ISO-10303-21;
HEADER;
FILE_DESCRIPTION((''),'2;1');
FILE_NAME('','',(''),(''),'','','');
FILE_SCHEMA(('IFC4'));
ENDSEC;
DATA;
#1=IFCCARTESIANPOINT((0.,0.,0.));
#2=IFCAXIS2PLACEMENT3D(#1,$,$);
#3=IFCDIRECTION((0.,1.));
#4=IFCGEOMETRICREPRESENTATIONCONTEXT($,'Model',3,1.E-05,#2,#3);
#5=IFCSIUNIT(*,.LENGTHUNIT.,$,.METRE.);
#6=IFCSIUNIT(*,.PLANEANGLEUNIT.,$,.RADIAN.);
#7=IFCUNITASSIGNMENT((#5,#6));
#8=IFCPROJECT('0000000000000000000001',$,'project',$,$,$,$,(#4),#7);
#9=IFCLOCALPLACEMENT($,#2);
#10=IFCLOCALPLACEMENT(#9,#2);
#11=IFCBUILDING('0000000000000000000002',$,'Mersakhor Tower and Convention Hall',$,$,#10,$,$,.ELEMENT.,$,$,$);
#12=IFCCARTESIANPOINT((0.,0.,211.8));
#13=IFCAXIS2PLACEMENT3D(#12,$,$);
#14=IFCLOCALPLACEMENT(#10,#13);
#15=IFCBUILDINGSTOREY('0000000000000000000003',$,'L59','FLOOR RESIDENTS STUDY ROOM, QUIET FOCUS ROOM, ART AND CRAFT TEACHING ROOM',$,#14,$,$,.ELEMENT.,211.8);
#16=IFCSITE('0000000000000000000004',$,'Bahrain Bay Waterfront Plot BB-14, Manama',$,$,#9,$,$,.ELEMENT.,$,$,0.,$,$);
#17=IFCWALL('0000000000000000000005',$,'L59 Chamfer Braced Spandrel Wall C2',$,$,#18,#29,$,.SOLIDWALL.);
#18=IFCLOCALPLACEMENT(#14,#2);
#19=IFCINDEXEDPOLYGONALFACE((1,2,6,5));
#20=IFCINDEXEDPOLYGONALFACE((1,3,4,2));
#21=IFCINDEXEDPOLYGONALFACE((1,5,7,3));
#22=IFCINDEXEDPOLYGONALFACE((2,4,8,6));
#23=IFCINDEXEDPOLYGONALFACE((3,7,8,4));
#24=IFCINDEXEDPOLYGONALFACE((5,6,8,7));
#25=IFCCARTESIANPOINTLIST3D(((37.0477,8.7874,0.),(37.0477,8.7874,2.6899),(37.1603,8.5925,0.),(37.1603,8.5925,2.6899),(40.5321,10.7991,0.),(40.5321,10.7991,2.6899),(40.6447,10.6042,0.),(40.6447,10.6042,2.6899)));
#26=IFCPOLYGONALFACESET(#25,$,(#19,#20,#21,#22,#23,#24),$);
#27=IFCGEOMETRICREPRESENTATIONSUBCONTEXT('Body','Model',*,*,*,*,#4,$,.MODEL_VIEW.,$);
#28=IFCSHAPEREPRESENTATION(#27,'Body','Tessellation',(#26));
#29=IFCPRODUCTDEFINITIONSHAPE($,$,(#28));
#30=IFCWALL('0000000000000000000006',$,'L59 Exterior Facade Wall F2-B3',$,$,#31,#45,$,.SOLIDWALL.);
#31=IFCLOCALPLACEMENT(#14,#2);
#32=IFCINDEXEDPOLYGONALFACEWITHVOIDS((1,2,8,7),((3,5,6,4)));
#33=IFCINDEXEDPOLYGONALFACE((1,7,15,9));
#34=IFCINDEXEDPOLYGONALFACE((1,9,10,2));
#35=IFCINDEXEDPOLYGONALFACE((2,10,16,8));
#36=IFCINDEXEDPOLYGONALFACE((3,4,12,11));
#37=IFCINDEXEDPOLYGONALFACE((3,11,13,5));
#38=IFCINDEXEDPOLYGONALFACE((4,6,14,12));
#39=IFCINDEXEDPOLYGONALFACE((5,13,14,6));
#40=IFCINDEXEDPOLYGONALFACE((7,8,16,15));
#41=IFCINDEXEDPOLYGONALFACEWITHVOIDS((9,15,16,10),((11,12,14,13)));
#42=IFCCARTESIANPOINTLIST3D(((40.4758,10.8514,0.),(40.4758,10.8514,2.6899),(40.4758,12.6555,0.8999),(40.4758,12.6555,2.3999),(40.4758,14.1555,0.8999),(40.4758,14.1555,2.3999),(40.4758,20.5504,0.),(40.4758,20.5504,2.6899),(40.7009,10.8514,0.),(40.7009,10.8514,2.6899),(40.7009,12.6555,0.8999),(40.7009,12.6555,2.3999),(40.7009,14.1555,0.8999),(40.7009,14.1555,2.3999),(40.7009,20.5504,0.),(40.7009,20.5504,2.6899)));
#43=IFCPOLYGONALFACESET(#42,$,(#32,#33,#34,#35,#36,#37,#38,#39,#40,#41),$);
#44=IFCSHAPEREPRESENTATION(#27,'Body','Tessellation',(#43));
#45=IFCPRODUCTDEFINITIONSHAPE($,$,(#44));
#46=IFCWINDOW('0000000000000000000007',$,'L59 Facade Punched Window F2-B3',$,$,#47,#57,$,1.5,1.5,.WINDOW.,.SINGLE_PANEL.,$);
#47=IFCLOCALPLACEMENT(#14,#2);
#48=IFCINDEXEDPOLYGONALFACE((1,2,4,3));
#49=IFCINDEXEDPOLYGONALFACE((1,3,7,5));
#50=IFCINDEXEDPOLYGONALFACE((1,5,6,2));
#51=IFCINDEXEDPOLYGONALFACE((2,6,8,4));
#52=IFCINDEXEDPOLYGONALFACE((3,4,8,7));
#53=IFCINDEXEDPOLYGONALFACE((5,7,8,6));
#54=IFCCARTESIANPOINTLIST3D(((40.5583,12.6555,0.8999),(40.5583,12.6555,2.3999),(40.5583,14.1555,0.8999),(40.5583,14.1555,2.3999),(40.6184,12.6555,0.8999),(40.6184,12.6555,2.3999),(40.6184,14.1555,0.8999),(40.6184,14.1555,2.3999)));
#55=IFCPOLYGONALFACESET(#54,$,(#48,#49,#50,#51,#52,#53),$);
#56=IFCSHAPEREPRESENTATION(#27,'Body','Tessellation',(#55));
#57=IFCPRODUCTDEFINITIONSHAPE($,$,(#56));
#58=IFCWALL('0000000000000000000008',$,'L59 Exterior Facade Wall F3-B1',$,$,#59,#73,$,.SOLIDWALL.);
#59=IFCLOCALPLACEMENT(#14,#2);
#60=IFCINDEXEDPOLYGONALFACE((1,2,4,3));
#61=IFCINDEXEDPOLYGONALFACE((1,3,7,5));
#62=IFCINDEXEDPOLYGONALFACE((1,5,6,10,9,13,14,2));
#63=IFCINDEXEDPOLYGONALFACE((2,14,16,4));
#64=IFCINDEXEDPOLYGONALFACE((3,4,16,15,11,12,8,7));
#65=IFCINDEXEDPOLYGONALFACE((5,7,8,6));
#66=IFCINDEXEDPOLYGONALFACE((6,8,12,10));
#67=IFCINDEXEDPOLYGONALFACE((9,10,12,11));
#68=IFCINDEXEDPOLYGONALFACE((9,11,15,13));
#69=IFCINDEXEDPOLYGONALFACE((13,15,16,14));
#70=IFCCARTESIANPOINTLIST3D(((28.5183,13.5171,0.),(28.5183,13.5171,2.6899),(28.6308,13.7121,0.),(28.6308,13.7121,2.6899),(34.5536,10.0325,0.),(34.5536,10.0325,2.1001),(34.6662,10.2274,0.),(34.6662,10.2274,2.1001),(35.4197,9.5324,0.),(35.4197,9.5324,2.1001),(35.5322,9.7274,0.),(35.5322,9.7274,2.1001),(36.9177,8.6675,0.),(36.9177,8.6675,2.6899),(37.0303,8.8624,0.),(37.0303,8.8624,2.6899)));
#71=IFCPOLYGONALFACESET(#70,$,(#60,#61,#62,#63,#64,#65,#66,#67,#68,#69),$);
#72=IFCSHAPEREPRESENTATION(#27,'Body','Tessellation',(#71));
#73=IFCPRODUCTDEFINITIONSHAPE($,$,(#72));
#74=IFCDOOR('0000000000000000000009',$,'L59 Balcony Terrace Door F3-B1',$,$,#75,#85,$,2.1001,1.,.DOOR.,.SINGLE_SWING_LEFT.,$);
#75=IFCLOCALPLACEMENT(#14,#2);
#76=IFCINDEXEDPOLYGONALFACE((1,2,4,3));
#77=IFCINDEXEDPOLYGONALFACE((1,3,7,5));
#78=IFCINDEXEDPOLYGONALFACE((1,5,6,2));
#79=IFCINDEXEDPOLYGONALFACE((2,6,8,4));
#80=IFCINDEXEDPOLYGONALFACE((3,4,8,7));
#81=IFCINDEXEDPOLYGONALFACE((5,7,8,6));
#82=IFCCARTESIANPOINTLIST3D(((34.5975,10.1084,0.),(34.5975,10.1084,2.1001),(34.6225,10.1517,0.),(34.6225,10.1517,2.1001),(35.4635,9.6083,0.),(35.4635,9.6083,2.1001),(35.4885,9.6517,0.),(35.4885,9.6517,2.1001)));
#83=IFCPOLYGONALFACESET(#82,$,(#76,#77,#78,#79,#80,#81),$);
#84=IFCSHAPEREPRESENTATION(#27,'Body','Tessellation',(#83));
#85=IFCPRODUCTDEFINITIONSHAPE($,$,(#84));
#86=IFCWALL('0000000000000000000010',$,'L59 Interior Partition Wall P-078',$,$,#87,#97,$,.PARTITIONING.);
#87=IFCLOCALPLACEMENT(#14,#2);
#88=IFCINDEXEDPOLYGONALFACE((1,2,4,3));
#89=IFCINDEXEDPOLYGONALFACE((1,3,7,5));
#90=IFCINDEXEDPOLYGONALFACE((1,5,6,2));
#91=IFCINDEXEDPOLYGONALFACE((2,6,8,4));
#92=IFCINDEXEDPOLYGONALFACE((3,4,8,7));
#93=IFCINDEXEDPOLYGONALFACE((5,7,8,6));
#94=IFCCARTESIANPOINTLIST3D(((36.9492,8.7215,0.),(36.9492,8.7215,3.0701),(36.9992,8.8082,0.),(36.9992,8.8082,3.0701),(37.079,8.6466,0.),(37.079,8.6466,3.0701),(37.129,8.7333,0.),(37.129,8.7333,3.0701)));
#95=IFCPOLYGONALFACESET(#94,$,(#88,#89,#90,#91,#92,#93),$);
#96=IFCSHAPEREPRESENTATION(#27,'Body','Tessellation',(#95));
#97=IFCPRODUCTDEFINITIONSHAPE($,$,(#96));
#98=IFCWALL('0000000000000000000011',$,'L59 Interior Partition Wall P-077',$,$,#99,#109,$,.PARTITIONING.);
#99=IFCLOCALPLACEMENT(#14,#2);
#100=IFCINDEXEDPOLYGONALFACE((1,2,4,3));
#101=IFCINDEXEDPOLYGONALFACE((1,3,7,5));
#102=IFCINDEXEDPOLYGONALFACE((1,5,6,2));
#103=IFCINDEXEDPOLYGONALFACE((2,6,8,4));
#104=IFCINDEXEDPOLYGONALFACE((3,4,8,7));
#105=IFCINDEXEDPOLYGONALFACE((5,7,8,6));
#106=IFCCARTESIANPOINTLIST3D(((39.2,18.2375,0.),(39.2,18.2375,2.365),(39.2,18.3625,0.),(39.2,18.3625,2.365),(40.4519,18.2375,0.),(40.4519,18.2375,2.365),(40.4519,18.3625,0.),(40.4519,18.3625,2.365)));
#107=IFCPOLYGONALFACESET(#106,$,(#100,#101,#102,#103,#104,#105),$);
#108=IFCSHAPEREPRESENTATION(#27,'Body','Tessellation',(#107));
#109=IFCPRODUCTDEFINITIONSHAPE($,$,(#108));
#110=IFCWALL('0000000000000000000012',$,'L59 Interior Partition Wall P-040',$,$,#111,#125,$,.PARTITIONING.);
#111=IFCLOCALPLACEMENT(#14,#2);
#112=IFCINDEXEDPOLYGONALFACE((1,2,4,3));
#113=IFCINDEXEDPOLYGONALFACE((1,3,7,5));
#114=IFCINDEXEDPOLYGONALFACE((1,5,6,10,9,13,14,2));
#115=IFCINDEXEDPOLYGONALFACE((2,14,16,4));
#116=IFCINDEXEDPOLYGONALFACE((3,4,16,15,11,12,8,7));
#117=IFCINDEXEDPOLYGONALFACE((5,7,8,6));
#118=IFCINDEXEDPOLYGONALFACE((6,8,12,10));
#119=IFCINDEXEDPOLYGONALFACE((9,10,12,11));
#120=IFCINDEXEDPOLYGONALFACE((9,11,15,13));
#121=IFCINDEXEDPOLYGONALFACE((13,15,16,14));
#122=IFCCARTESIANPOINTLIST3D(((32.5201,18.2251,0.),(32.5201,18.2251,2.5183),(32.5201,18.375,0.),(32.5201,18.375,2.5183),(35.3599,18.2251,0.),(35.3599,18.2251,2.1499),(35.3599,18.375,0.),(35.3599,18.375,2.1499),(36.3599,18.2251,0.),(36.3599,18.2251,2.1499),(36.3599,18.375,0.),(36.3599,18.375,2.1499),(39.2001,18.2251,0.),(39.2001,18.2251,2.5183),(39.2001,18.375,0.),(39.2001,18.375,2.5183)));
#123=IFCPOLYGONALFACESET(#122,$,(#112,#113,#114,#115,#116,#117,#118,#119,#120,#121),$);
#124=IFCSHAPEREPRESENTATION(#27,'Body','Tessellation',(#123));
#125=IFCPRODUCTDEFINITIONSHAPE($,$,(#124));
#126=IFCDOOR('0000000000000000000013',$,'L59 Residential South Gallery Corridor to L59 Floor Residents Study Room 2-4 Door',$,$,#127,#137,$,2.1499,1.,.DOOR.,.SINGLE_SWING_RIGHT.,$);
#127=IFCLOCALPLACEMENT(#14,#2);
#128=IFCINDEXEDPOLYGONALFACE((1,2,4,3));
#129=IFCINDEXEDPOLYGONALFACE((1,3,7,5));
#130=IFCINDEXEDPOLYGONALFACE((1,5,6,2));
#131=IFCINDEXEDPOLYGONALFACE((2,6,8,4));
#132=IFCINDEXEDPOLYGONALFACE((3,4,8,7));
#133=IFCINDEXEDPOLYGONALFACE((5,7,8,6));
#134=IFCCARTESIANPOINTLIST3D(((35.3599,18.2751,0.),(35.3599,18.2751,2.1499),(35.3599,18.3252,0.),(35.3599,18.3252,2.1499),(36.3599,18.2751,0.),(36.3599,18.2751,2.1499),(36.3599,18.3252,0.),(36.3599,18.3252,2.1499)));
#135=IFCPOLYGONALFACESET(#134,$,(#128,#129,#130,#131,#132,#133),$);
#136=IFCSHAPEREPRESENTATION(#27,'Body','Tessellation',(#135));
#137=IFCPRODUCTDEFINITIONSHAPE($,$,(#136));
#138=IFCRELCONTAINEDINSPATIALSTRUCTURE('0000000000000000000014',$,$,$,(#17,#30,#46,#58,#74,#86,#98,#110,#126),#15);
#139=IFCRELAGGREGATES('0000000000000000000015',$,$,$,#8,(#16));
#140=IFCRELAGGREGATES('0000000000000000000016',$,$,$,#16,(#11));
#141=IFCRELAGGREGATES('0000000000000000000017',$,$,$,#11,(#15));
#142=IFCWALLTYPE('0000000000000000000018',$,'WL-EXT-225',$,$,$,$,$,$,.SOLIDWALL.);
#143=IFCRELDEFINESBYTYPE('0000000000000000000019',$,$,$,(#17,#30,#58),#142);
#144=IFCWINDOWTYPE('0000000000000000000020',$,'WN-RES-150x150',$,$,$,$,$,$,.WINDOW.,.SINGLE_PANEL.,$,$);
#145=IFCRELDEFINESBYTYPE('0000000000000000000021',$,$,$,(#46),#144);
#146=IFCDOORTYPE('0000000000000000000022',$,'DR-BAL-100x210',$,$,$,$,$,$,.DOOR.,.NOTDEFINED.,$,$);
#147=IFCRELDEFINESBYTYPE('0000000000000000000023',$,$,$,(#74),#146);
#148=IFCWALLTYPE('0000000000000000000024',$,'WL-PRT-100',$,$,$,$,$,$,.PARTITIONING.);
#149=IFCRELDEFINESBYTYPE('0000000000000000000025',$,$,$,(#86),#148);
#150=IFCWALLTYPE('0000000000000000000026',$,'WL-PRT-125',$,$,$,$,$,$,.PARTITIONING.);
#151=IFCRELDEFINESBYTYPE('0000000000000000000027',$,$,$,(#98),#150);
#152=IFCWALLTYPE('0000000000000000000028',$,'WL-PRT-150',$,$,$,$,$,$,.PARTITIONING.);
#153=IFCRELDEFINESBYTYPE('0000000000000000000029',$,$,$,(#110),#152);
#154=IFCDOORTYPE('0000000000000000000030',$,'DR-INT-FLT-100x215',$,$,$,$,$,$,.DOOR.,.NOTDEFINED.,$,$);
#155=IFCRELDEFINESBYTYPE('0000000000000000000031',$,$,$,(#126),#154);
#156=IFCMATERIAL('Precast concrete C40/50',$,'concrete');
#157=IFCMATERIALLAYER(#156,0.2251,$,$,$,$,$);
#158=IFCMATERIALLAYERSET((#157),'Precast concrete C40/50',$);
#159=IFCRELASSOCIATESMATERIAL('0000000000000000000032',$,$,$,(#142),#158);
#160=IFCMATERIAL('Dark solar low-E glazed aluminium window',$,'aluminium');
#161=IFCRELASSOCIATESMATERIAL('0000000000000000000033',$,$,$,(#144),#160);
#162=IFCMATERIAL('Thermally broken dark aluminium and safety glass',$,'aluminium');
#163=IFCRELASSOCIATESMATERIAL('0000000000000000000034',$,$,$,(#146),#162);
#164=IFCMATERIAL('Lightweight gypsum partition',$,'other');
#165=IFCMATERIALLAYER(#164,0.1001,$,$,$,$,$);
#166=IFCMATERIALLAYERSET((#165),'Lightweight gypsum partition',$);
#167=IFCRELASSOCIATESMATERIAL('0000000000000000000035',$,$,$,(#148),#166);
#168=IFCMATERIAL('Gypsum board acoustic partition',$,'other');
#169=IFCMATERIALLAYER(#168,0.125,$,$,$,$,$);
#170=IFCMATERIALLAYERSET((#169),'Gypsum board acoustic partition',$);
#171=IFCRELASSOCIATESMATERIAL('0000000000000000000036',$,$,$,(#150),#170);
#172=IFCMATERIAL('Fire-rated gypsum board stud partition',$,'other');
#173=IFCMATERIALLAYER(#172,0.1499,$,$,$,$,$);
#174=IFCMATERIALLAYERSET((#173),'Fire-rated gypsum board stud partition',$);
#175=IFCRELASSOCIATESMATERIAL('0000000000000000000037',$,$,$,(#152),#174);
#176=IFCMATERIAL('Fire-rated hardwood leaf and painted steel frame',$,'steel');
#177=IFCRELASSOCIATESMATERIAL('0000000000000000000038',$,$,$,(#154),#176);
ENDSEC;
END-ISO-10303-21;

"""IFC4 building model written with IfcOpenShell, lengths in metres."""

from ifc_helpers import new_model, si_unit, direction, frame, frame_2d, origin, place, context, subcontext, project, spatial, rectangle, extrude, material, layer, layer_set, type_object, element, fill, save


model = new_model("IFC4")

# Units and contexts
model_context = context("Model", 3, precision=1e-05, world=origin(), true_north=direction((0.0, 1.0)))
body_context = subcontext(model_context, "Body", "Model", "MODEL_VIEW")
ifc_project = project(units=[si_unit("LENGTHUNIT", "METRE"), si_unit("PLANEANGLEUNIT", "RADIAN")], contexts=[model_context])

# Site, building, storey
site_placement = place(None, origin())
site = spatial("IfcSite", under=ifc_project, at=site_placement, Name="Bahrain Bay Waterfront Plot BB-14, Manama", CompositionType="ELEMENT", RefElevation=0.0)
building_placement = place(site_placement, origin())
building = spatial("IfcBuilding", under=site, at=building_placement, Name="Mersakhor Tower and Convention Hall", CompositionType="ELEMENT")
storey_placement = place(building_placement, frame((0.0, 0.0, 211.8)))
storey = spatial("IfcBuildingStorey", under=building, at=storey_placement, Name="L59", Description="FLOOR RESIDENTS STUDY ROOM, QUIET FOCUS ROOM, ART AND CRAFT TEACHING ROOM", CompositionType="ELEMENT", Elevation=211.8)

# Wall
ifc_material_1 = material(Name="Precast concrete C40/50", Category="concrete")
ifc_layer_1 = layer(ifc_material_1, 0.2251)
ifc_layer_set_1 = layer_set([ifc_layer_1], Name="Precast concrete C40/50")
wall_type_1 = type_object("IfcWallType", Name="WL-EXT-225", PredefinedType="SOLIDWALL", material=ifc_layer_set_1)
wall_1_placement = place(storey_placement, frame((40.5884, 10.7017, 0.0), z_axis=(0.0, 0.0, 1.0), x_axis=(-0.866024, -0.500003, 0.0)))
element("IfcWall", 1, at=wall_1_placement, inside=storey, type_object=wall_type_1, Name="L59 Chamfer Braced Spandrel Wall C2", PredefinedType="SOLIDWALL", context=body_context, shape_type="SweptSolid", body=[
    extrude(rectangle(XDim=4.0234, YDim=0.2251, at=frame_2d((2.0117, 0.0))), origin(), (0.0, 0.0, 1.0), 2.6899),
])

# Wall, opening, window
wall_2_placement = place(storey_placement, frame((40.5884, 20.5505, 0.0), z_axis=(0.0, 0.0, 1.0), x_axis=(0.0, -1.0, 0.0)))
wall_2 = element("IfcWall", 2, at=wall_2_placement, inside=storey, type_object=wall_type_1, Name="L59 Exterior Facade Wall F2-B3", PredefinedType="SOLIDWALL", context=body_context, shape_type="SweptSolid", body=[
    extrude(rectangle(XDim=9.699, YDim=0.2251, at=frame_2d((4.8496, 0.0))), origin(), (0.0, 0.0, 1.0), 2.6899),
])
opening_1_placement = place(wall_2_placement, frame((6.395, 0.0, 0.8999)))
opening_1 = element("IfcOpeningElement", 3, at=opening_1_placement, cuts=wall_2, PredefinedType="OPENING", context=body_context, shape_type="SweptSolid", body=[
    extrude(rectangle(XDim=1.5, YDim=1.5, at=frame_2d((0.75, 0.75))), frame((0.0, 0.1226, 0.0), z_axis=(0.0, -1.0, 0.0), x_axis=(1.0, 0.0, 0.0)), (0.0, 0.0, 1.0), 0.2451),
])
ifc_material_2 = material(Name="Dark solar low-E glazed aluminium window", Category="aluminium")
window_type = type_object("IfcWindowType", Name="WN-RES-150x150", PartitioningType="SINGLE_PANEL", PredefinedType="WINDOW", material=ifc_material_2)
window_placement = place(opening_1_placement, origin())
window = element("IfcWindow", 4, at=window_placement, inside=storey, type_object=window_type, Name="L59 Facade Punched Window F2-B3", OverallHeight=1.5, OverallWidth=1.5, PartitioningType="SINGLE_PANEL", PredefinedType="WINDOW", context=body_context, shape_type="SweptSolid", body=[
    extrude(rectangle(XDim=1.5, YDim=1.5, at=frame_2d((0.75, 0.75))), frame((0.0, 0.03, 0.0), z_axis=(0.0, -1.0, 0.0), x_axis=(1.0, 0.0, 0.0)), (0.0, 0.0, 1.0), 0.0601),
])
fill(opening_1, window)

# Wall, opening, door
wall_3_placement = place(storey_placement, frame((36.9741, 8.7649, 0.0), z_axis=(0.0, 0.0, 1.0), x_axis=(-0.866016, 0.500016, 0.0)))
wall_3 = element("IfcWall", 5, at=wall_3_placement, inside=storey, type_object=wall_type_1, Name="L59 Exterior Facade Wall F3-B1", PredefinedType="SOLIDWALL", context=body_context, shape_type="SweptSolid", body=[
    extrude(rectangle(XDim=9.699, YDim=0.2251, at=frame_2d((4.8496, 0.0))), origin(), (0.0, 0.0, 1.0), 2.6899),
])
opening_2_placement = place(wall_3_placement, frame((1.73, 0.0, 0.0)))
opening_2 = element("IfcOpeningElement", 6, at=opening_2_placement, cuts=wall_3, PredefinedType="OPENING", context=body_context, shape_type="SweptSolid", body=[
    extrude(rectangle(XDim=1.0, YDim=2.1001, at=frame_2d((0.5, 1.05))), frame((0.0, 0.1226, 0.0), z_axis=(0.0, -1.0, 0.0), x_axis=(1.0, 0.0, 0.0)), (0.0, 0.0, 1.0), 0.2451),
])
ifc_material_3 = material(Name="Thermally broken dark aluminium and safety glass", Category="aluminium")
door_type_1 = type_object("IfcDoorType", Name="DR-BAL-100x210", OperationType="NOTDEFINED", PredefinedType="DOOR", material=ifc_material_3)
door_1_placement = place(opening_2_placement, origin())
door_1 = element("IfcDoor", 7, at=door_1_placement, inside=storey, type_object=door_type_1, Name="L59 Balcony Terrace Door F3-B1", OperationType="SINGLE_SWING_LEFT", OverallHeight=2.1001, OverallWidth=1.0, PredefinedType="DOOR", context=body_context, shape_type="SweptSolid", body=[
    extrude(rectangle(XDim=1.0, YDim=2.1001, at=frame_2d((0.5, 1.05))), frame((0.0, 0.0249, 0.0), z_axis=(0.0, -1.0, 0.0), x_axis=(1.0, 0.0, 0.0)), (0.0, 0.0, 1.0), 0.05),
])
fill(opening_2, door_1)

# Walls
ifc_material_4 = material(Name="Lightweight gypsum partition", Category="other")
ifc_layer_2 = layer(ifc_material_4, 0.1001)
ifc_layer_set_2 = layer_set([ifc_layer_2], Name="Lightweight gypsum partition")
wall_type_2 = type_object("IfcWallType", Name="WL-PRT-100", PredefinedType="PARTITIONING", material=ifc_layer_set_2)
wall_4_placement = place(storey_placement, frame((37.104, 8.6899, 0.0), z_axis=(0.0, 0.0, 1.0), x_axis=(-0.866131, 0.499816, 0.0)))
element("IfcWall", 8, at=wall_4_placement, inside=storey, type_object=wall_type_2, Name="L59 Interior Partition Wall P-078", PredefinedType="PARTITIONING", context=body_context, shape_type="SweptSolid", body=[
    extrude(rectangle(XDim=0.1499, YDim=0.1001, at=frame_2d((0.075, 0.0))), origin(), (0.0, 0.0, 1.0), 3.0701),
])
ifc_material_5 = material(Name="Gypsum board acoustic partition", Category="other")
ifc_layer_3 = layer(ifc_material_5, 0.125)
ifc_layer_set_3 = layer_set([ifc_layer_3], Name="Gypsum board acoustic partition")
wall_type_3 = type_object("IfcWallType", Name="WL-PRT-125", PredefinedType="PARTITIONING", material=ifc_layer_set_3)
wall_5_placement = place(storey_placement, frame((39.2, 18.3, 0.0), z_axis=(0.0, 0.0, 1.0), x_axis=(1.0, 0.0, 0.0)))
element("IfcWall", 9, at=wall_5_placement, inside=storey, type_object=wall_type_3, Name="L59 Interior Partition Wall P-077", PredefinedType="PARTITIONING", context=body_context, shape_type="SweptSolid", body=[
    extrude(rectangle(XDim=1.252, YDim=0.125, at=frame_2d((0.626, 0.0))), origin(), (0.0, 0.0, 1.0), 2.365),
])

# Wall, opening, door
ifc_material_6 = material(Name="Fire-rated gypsum board stud partition", Category="other")
ifc_layer_4 = layer(ifc_material_6, 0.1499)
ifc_layer_set_4 = layer_set([ifc_layer_4], Name="Fire-rated gypsum board stud partition")
wall_type_4 = type_object("IfcWallType", Name="WL-PRT-150", PredefinedType="PARTITIONING", material=ifc_layer_set_4)
wall_6_placement = place(storey_placement, frame((39.2, 18.3, 0.0), z_axis=(0.0, 0.0, 1.0), x_axis=(-1.0, 0.0, 0.0)))
wall_6 = element("IfcWall", 10, at=wall_6_placement, inside=storey, type_object=wall_type_4, Name="L59 Interior Partition Wall P-040", PredefinedType="PARTITIONING", context=body_context, shape_type="SweptSolid", body=[
    extrude(rectangle(XDim=6.6799, YDim=0.1499, at=frame_2d((3.3398, 0.0))), origin(), (0.0, 0.0, 1.0), 2.5183),
])
opening_3_placement = place(wall_6_placement, frame((2.8401, 0.0, 0.0)))
opening_3 = element("IfcOpeningElement", 11, at=opening_3_placement, cuts=wall_6, PredefinedType="OPENING", context=body_context, shape_type="SweptSolid", body=[
    extrude(rectangle(XDim=1.0, YDim=2.1499, at=frame_2d((0.5, 1.075))), frame((0.0, 0.085, 0.0), z_axis=(0.0, -1.0, 0.0), x_axis=(1.0, 0.0, 0.0)), (0.0, 0.0, 1.0), 0.1699),
])
ifc_material_7 = material(Name="Fire-rated hardwood leaf and painted steel frame", Category="steel")
door_type_2 = type_object("IfcDoorType", Name="DR-INT-FLT-100x215", OperationType="NOTDEFINED", PredefinedType="DOOR", material=ifc_material_7)
door_2_placement = place(opening_3_placement, origin())
door_2 = element("IfcDoor", 12, at=door_2_placement, inside=storey, type_object=door_type_2, Name="L59 Residential South Gallery Corridor to L59 Floor Residents Study Room 2-4 Door", OperationType="SINGLE_SWING_RIGHT", OverallHeight=2.1499, OverallWidth=1.0, PredefinedType="DOOR", context=body_context, shape_type="SweptSolid", body=[
    extrude(rectangle(XDim=1.0, YDim=2.1499, at=frame_2d((0.5, 1.075))), frame((0.0, 0.0249, 0.0), z_axis=(0.0, -1.0, 0.0), x_axis=(1.0, 0.0, 0.0)), (0.0, 0.0, 1.0), 0.05),
])
fill(opening_3, door_2)

save(model, "model.ifc")
